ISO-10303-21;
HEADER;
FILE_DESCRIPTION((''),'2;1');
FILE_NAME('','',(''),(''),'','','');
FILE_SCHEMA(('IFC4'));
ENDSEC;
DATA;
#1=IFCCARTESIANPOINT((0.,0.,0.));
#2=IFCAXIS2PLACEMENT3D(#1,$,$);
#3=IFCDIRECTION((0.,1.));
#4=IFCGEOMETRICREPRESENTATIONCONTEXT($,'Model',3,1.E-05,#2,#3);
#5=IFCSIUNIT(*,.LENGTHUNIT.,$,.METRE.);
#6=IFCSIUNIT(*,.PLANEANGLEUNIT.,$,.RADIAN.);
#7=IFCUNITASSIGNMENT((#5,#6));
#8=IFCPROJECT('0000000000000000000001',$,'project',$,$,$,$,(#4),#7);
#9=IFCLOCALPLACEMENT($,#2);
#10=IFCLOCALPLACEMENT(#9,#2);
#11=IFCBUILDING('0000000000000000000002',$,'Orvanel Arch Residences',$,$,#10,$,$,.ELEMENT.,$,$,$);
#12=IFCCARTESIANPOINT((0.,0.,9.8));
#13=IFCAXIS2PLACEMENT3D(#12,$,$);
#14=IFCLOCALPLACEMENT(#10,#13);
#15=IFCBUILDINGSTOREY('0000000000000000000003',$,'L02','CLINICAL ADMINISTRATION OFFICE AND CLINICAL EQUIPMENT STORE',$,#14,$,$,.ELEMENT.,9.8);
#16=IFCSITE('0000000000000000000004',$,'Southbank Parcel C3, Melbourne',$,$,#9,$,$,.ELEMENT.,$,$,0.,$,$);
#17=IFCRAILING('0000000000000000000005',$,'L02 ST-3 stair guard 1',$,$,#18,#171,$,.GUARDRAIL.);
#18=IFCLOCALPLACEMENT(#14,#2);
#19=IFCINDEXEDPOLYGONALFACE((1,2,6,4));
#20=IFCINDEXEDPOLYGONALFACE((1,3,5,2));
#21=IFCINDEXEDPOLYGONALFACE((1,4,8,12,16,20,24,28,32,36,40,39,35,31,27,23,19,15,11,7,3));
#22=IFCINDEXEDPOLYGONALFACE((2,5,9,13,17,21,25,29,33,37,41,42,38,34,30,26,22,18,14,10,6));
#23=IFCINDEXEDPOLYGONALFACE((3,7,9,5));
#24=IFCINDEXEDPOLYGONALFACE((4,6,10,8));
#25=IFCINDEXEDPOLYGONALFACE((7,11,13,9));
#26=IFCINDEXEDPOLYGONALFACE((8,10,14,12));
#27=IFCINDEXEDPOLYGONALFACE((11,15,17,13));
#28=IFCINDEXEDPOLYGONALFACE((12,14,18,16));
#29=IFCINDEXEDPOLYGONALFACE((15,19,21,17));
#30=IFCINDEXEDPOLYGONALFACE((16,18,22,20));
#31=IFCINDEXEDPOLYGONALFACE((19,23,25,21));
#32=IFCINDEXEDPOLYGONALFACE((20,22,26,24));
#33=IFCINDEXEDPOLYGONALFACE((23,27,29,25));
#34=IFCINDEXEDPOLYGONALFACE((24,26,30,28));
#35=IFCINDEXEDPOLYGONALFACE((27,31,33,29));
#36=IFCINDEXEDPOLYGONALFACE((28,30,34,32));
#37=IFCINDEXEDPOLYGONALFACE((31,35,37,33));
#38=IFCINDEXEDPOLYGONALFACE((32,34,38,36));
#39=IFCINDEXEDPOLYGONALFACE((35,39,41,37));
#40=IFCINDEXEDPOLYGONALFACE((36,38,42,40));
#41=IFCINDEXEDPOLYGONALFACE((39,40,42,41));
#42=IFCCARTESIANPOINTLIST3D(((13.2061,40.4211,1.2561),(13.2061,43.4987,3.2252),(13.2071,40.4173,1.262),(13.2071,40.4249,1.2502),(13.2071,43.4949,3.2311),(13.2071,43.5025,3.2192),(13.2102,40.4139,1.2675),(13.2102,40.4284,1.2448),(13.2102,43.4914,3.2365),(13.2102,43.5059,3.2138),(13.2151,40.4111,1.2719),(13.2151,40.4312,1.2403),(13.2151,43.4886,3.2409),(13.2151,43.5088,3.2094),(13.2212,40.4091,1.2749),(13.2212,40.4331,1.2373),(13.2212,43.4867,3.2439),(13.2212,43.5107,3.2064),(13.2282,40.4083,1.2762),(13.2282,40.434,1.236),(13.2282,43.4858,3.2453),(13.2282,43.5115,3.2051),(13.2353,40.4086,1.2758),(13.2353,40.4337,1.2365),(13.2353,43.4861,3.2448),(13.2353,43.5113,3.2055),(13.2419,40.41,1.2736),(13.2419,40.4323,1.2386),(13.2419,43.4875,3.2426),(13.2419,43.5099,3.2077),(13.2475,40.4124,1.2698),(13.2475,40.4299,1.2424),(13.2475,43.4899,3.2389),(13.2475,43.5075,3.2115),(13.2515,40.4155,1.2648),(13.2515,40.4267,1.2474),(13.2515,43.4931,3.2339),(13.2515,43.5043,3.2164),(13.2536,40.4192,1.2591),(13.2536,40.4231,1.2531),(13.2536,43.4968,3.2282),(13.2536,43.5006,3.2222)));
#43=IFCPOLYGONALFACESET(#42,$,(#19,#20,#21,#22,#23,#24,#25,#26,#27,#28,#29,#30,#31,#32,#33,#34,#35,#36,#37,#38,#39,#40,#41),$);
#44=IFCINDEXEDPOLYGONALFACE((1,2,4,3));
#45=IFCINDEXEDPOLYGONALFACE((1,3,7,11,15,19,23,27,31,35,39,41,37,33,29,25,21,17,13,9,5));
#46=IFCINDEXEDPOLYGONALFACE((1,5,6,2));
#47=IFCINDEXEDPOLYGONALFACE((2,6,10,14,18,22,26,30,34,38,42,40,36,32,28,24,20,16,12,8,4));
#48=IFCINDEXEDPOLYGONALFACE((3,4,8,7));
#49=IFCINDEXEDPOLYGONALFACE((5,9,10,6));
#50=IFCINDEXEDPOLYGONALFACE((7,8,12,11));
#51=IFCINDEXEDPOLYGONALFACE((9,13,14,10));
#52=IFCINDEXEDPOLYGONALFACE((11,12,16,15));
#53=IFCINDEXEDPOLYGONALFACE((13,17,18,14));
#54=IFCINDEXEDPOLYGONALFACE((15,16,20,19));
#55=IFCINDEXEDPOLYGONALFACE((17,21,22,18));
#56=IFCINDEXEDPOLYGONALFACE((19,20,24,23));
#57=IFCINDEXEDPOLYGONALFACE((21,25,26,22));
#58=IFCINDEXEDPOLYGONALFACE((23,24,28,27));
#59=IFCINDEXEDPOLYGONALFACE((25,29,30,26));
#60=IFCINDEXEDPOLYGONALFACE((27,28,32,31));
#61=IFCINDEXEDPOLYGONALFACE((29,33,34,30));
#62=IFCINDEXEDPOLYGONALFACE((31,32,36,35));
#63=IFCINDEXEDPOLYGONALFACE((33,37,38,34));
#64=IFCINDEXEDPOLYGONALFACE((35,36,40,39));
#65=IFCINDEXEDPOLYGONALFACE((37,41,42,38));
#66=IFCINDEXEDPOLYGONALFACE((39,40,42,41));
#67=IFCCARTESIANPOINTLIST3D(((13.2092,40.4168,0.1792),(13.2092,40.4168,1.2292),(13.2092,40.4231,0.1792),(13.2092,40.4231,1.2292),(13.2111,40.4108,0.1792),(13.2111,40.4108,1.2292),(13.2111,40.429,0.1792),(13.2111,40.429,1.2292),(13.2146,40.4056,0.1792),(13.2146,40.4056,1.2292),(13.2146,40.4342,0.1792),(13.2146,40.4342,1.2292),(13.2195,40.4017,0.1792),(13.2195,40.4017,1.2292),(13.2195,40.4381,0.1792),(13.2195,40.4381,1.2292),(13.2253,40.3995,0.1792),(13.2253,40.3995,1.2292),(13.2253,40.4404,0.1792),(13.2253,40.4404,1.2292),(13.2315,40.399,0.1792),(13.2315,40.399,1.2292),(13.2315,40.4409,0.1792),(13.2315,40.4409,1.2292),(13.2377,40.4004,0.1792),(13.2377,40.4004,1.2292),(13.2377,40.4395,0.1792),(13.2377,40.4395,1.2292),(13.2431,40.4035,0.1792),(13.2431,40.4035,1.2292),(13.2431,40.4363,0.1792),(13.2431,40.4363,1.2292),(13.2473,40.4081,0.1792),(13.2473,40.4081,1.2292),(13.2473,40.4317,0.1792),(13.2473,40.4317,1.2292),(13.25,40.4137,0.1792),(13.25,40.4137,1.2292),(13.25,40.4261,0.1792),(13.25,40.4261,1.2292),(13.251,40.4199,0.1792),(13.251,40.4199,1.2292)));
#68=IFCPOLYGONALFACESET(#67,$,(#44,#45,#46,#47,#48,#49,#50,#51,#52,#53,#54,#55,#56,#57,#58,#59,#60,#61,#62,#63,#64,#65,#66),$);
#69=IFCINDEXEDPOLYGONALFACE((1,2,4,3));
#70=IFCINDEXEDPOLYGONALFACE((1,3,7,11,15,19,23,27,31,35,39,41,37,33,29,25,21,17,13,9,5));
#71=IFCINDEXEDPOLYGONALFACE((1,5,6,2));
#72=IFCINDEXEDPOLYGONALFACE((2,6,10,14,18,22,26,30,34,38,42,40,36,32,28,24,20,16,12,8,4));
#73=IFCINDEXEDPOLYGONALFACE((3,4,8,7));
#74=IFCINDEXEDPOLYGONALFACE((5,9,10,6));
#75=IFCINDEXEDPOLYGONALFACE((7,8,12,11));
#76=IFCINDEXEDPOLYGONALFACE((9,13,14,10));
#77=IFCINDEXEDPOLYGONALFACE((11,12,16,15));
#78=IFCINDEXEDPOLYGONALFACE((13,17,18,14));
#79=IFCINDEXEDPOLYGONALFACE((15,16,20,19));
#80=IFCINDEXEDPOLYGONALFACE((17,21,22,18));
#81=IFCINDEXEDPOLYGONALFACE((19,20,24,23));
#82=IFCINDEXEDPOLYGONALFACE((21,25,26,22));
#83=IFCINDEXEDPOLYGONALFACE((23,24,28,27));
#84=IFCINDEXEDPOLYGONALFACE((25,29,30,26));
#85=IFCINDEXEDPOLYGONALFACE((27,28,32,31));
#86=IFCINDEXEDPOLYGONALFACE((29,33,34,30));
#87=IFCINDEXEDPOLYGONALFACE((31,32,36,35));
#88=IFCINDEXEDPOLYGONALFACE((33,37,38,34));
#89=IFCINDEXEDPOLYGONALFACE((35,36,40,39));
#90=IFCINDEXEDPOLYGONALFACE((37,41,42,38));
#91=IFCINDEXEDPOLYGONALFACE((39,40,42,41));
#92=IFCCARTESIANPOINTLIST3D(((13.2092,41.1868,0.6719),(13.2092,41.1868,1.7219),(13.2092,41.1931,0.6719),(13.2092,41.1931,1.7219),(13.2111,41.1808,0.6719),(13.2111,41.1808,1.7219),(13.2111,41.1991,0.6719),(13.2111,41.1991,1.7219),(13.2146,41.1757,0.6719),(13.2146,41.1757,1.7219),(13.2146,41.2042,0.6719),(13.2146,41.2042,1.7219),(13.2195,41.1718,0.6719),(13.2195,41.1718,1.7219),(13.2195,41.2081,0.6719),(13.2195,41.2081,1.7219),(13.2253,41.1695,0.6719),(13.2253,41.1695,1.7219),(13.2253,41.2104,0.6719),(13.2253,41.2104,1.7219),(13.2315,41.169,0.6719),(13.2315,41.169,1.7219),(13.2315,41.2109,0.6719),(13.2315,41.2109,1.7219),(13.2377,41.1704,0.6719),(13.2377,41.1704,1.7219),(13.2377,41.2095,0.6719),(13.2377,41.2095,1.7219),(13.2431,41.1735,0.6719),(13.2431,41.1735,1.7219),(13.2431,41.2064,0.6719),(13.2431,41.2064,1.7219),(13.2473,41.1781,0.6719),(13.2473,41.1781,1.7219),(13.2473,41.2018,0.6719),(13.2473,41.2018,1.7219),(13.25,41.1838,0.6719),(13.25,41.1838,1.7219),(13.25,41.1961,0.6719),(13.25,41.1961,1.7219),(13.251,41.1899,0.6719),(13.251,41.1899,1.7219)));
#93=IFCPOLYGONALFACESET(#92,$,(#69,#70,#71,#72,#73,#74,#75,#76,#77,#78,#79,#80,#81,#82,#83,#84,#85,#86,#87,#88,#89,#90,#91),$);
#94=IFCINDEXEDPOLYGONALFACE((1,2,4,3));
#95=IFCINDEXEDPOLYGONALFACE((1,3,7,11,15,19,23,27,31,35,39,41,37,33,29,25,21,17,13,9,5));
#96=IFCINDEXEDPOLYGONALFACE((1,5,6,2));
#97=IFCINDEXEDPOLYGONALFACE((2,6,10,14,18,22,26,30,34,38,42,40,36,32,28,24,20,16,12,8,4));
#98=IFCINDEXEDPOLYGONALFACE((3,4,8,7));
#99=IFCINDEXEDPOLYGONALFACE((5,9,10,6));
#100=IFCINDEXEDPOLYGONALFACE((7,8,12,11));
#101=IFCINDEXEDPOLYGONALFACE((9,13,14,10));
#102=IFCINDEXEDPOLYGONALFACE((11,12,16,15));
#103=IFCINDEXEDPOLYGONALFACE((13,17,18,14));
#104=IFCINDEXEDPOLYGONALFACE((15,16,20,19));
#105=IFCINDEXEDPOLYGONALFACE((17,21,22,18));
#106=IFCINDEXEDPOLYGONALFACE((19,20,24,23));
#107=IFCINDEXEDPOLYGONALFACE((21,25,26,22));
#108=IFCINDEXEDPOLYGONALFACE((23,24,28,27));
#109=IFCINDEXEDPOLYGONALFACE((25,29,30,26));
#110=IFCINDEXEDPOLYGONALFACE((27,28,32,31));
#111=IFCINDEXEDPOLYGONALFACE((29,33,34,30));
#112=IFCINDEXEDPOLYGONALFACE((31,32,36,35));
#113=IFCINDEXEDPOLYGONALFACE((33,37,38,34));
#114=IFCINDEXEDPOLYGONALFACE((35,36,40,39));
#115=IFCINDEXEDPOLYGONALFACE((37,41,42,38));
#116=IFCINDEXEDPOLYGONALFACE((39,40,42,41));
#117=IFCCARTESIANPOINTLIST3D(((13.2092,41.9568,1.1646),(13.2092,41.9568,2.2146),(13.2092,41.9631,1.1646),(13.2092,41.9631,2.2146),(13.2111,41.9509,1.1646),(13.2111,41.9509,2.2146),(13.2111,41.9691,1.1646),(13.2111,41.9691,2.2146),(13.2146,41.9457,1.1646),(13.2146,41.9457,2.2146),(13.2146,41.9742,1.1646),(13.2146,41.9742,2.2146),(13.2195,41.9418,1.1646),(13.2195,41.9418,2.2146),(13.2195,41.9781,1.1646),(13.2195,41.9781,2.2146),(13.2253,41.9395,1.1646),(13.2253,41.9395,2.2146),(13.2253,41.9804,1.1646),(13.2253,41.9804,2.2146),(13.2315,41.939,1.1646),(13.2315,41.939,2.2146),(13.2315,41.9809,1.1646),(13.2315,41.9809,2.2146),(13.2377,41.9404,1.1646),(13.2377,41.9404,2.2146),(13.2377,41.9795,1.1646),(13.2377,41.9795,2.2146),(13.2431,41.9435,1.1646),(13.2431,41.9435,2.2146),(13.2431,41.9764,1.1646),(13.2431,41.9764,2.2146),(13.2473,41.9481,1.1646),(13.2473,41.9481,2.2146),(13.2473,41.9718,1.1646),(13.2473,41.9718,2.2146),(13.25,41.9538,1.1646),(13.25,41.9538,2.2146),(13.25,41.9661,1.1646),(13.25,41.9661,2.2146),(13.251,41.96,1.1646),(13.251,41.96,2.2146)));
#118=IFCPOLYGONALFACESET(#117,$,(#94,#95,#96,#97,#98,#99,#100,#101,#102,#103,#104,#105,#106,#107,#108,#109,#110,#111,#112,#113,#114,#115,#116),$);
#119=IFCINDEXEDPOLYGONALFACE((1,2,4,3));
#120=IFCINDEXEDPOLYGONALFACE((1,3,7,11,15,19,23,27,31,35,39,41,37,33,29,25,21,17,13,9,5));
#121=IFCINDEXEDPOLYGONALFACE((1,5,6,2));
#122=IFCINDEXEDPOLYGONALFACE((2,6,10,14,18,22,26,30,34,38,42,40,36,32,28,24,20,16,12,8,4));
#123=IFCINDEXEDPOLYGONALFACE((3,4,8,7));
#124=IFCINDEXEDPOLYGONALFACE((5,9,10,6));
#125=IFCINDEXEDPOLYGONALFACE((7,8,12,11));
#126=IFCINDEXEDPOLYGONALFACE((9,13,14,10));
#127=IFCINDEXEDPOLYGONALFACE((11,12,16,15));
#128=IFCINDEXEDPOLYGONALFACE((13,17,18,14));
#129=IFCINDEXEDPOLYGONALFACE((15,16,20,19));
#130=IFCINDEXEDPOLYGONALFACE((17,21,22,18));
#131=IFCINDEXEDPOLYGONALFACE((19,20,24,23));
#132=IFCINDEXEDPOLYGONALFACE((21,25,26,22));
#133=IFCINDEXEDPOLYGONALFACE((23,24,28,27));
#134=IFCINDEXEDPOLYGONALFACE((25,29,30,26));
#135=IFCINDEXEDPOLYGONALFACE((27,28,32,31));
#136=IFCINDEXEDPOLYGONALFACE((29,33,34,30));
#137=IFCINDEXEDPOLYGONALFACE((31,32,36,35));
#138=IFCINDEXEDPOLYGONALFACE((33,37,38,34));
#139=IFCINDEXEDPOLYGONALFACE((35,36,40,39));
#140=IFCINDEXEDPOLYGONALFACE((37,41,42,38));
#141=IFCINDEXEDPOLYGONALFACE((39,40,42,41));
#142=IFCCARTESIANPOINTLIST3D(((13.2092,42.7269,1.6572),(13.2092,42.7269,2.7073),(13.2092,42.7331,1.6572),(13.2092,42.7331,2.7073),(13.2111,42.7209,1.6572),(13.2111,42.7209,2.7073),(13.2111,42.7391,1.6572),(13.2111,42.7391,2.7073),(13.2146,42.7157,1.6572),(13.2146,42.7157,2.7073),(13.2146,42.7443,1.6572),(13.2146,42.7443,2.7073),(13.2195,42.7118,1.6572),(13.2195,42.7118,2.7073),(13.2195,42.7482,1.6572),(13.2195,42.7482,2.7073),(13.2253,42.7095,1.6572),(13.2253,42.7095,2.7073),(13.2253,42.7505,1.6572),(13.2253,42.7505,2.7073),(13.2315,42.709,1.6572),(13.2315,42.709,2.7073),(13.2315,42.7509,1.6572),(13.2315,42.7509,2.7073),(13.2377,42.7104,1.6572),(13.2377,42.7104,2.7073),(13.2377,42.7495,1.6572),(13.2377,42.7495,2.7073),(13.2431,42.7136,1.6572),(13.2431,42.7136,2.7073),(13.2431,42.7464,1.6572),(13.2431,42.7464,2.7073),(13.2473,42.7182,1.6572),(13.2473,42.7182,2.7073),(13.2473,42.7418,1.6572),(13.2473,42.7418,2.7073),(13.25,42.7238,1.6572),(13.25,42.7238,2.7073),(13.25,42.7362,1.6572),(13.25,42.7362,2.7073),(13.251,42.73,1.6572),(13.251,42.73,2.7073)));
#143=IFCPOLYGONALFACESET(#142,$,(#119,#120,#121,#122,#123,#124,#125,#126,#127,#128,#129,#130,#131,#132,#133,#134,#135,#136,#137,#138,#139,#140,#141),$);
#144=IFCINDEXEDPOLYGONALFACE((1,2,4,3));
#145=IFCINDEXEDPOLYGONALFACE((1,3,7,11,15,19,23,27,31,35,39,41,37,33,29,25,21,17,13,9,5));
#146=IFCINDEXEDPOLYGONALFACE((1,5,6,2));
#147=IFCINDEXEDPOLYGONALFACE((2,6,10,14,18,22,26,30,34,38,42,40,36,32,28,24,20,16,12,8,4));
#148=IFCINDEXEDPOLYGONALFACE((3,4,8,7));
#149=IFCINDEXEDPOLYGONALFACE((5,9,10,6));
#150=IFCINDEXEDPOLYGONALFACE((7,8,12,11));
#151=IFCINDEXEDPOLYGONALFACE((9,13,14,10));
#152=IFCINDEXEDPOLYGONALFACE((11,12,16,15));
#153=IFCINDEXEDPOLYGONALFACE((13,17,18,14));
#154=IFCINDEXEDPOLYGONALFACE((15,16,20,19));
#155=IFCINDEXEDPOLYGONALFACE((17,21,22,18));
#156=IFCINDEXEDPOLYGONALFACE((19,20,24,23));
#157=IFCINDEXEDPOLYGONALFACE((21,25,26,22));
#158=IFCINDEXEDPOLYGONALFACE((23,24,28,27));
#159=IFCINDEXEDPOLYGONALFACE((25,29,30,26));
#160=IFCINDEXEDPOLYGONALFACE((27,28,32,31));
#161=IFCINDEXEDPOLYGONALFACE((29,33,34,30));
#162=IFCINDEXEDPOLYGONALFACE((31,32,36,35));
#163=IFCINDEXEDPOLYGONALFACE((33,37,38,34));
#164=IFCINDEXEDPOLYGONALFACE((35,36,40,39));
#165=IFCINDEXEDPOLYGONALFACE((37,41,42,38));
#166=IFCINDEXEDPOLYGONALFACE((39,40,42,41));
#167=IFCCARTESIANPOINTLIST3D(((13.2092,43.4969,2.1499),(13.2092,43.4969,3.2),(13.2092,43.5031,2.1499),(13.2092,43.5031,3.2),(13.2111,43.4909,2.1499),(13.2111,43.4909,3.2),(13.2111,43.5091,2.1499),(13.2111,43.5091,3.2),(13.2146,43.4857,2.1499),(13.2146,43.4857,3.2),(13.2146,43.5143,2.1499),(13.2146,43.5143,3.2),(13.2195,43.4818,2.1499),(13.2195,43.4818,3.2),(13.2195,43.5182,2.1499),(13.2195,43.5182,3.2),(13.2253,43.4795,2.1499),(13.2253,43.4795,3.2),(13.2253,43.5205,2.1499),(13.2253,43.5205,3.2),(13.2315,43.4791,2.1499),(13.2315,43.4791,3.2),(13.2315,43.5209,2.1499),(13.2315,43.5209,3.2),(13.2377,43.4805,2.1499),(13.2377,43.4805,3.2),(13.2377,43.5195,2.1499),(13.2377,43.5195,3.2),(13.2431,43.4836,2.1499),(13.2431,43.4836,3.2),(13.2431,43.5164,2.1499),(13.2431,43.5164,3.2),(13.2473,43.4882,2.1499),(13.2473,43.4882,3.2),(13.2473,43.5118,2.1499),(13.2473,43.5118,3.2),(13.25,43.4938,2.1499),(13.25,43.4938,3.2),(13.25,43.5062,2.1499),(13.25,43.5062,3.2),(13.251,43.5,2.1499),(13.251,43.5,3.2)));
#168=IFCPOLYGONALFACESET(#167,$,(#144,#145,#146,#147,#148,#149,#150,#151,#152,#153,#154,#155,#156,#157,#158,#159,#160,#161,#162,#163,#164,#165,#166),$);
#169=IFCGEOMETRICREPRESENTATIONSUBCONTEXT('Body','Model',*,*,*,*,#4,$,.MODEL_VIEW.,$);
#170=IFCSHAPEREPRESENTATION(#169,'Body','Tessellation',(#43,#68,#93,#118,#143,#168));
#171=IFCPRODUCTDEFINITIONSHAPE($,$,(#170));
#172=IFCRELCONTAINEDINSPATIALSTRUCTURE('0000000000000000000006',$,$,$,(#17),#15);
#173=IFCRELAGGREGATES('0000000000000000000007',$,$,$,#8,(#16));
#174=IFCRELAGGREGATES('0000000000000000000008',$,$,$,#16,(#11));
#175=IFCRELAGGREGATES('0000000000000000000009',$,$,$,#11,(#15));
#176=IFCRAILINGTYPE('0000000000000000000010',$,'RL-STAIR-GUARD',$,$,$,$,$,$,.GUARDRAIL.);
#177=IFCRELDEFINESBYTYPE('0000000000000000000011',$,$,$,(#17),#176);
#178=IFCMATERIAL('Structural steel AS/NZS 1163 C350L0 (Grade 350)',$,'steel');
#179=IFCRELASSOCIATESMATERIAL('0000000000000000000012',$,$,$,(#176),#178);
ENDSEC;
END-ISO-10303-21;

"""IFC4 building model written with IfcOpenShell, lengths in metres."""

from ifc_helpers import new_model, si_unit, direction, frame, origin, origin_2d, place, context, subcontext, project, spatial, circle, extrude, material, type_object, element, save


model = new_model("IFC4")

# Units and contexts
model_context = context("Model", 3, precision=1e-05, world=origin(), true_north=direction((0.0, 1.0)))
body_context = subcontext(model_context, "Body", "Model", "MODEL_VIEW")
ifc_project = project(units=[si_unit("LENGTHUNIT", "METRE"), si_unit("PLANEANGLEUNIT", "RADIAN")], contexts=[model_context])

# Site, building, storey
site_placement = place(None, origin())
site = spatial("IfcSite", under=ifc_project, at=site_placement, Name="Southbank Parcel C3, Melbourne", CompositionType="ELEMENT", RefElevation=0.0)
building_placement = place(site_placement, origin())
building = spatial("IfcBuilding", under=site, at=building_placement, Name="Orvanel Arch Residences", CompositionType="ELEMENT")
storey_placement = place(building_placement, frame((0.0, 0.0, 9.8)))
storey = spatial("IfcBuildingStorey", under=building, at=storey_placement, Name="L02", Description="CLINICAL ADMINISTRATION OFFICE AND CLINICAL EQUIPMENT STORE", CompositionType="ELEMENT", Elevation=9.8)

# Railing
ifc_material_1 = material(Name="Structural steel AS/NZS 1163 C350L0 (Grade 350)", Category="steel")
railing_type_1 = type_object("IfcRailingType", Name="RL-STAIR-GUARD", PredefinedType="GUARDRAIL", material=ifc_material_1)
railing_1_placement = place(storey_placement, frame((13.23, 40.4199, 0.1792)))
element("IfcRailing", 1, at=railing_1_placement, inside=storey, type_object=railing_type_1, Name="L02 ST-3 stair guard 1", PredefinedType="GUARDRAIL", context=body_context, shape_type="SweptSolid", body=[
    extrude(circle(Radius=0.0239, at=origin_2d()), frame((0.0, 0.0012, 1.0769), z_axis=(0.0, 0.842339, 0.538948), x_axis=(-1.0, 0.0, 0.0)), (0.0, 0.0, 1.0), 3.6536),
    extrude(circle(Radius=0.021, at=origin_2d()), origin(), (0.0, 0.0, 1.0), 1.05),
    extrude(circle(Radius=0.021, at=origin_2d()), frame((0.0, 0.77, 0.4927)), (0.0, 0.0, 1.0), 1.05),
    extrude(circle(Radius=0.021, at=origin_2d()), frame((0.0, 1.54, 0.9854)), (0.0, 0.0, 1.0), 1.05),
    extrude(circle(Radius=0.021, at=origin_2d()), frame((0.0, 2.3101, 1.478)), (0.0, 0.0, 1.0), 1.05),
    extrude(circle(Radius=0.021, at=origin_2d()), frame((0.0, 3.0801, 1.9707)), (0.0, 0.0, 1.0), 1.05),
])

save(model, "model.ifc")
